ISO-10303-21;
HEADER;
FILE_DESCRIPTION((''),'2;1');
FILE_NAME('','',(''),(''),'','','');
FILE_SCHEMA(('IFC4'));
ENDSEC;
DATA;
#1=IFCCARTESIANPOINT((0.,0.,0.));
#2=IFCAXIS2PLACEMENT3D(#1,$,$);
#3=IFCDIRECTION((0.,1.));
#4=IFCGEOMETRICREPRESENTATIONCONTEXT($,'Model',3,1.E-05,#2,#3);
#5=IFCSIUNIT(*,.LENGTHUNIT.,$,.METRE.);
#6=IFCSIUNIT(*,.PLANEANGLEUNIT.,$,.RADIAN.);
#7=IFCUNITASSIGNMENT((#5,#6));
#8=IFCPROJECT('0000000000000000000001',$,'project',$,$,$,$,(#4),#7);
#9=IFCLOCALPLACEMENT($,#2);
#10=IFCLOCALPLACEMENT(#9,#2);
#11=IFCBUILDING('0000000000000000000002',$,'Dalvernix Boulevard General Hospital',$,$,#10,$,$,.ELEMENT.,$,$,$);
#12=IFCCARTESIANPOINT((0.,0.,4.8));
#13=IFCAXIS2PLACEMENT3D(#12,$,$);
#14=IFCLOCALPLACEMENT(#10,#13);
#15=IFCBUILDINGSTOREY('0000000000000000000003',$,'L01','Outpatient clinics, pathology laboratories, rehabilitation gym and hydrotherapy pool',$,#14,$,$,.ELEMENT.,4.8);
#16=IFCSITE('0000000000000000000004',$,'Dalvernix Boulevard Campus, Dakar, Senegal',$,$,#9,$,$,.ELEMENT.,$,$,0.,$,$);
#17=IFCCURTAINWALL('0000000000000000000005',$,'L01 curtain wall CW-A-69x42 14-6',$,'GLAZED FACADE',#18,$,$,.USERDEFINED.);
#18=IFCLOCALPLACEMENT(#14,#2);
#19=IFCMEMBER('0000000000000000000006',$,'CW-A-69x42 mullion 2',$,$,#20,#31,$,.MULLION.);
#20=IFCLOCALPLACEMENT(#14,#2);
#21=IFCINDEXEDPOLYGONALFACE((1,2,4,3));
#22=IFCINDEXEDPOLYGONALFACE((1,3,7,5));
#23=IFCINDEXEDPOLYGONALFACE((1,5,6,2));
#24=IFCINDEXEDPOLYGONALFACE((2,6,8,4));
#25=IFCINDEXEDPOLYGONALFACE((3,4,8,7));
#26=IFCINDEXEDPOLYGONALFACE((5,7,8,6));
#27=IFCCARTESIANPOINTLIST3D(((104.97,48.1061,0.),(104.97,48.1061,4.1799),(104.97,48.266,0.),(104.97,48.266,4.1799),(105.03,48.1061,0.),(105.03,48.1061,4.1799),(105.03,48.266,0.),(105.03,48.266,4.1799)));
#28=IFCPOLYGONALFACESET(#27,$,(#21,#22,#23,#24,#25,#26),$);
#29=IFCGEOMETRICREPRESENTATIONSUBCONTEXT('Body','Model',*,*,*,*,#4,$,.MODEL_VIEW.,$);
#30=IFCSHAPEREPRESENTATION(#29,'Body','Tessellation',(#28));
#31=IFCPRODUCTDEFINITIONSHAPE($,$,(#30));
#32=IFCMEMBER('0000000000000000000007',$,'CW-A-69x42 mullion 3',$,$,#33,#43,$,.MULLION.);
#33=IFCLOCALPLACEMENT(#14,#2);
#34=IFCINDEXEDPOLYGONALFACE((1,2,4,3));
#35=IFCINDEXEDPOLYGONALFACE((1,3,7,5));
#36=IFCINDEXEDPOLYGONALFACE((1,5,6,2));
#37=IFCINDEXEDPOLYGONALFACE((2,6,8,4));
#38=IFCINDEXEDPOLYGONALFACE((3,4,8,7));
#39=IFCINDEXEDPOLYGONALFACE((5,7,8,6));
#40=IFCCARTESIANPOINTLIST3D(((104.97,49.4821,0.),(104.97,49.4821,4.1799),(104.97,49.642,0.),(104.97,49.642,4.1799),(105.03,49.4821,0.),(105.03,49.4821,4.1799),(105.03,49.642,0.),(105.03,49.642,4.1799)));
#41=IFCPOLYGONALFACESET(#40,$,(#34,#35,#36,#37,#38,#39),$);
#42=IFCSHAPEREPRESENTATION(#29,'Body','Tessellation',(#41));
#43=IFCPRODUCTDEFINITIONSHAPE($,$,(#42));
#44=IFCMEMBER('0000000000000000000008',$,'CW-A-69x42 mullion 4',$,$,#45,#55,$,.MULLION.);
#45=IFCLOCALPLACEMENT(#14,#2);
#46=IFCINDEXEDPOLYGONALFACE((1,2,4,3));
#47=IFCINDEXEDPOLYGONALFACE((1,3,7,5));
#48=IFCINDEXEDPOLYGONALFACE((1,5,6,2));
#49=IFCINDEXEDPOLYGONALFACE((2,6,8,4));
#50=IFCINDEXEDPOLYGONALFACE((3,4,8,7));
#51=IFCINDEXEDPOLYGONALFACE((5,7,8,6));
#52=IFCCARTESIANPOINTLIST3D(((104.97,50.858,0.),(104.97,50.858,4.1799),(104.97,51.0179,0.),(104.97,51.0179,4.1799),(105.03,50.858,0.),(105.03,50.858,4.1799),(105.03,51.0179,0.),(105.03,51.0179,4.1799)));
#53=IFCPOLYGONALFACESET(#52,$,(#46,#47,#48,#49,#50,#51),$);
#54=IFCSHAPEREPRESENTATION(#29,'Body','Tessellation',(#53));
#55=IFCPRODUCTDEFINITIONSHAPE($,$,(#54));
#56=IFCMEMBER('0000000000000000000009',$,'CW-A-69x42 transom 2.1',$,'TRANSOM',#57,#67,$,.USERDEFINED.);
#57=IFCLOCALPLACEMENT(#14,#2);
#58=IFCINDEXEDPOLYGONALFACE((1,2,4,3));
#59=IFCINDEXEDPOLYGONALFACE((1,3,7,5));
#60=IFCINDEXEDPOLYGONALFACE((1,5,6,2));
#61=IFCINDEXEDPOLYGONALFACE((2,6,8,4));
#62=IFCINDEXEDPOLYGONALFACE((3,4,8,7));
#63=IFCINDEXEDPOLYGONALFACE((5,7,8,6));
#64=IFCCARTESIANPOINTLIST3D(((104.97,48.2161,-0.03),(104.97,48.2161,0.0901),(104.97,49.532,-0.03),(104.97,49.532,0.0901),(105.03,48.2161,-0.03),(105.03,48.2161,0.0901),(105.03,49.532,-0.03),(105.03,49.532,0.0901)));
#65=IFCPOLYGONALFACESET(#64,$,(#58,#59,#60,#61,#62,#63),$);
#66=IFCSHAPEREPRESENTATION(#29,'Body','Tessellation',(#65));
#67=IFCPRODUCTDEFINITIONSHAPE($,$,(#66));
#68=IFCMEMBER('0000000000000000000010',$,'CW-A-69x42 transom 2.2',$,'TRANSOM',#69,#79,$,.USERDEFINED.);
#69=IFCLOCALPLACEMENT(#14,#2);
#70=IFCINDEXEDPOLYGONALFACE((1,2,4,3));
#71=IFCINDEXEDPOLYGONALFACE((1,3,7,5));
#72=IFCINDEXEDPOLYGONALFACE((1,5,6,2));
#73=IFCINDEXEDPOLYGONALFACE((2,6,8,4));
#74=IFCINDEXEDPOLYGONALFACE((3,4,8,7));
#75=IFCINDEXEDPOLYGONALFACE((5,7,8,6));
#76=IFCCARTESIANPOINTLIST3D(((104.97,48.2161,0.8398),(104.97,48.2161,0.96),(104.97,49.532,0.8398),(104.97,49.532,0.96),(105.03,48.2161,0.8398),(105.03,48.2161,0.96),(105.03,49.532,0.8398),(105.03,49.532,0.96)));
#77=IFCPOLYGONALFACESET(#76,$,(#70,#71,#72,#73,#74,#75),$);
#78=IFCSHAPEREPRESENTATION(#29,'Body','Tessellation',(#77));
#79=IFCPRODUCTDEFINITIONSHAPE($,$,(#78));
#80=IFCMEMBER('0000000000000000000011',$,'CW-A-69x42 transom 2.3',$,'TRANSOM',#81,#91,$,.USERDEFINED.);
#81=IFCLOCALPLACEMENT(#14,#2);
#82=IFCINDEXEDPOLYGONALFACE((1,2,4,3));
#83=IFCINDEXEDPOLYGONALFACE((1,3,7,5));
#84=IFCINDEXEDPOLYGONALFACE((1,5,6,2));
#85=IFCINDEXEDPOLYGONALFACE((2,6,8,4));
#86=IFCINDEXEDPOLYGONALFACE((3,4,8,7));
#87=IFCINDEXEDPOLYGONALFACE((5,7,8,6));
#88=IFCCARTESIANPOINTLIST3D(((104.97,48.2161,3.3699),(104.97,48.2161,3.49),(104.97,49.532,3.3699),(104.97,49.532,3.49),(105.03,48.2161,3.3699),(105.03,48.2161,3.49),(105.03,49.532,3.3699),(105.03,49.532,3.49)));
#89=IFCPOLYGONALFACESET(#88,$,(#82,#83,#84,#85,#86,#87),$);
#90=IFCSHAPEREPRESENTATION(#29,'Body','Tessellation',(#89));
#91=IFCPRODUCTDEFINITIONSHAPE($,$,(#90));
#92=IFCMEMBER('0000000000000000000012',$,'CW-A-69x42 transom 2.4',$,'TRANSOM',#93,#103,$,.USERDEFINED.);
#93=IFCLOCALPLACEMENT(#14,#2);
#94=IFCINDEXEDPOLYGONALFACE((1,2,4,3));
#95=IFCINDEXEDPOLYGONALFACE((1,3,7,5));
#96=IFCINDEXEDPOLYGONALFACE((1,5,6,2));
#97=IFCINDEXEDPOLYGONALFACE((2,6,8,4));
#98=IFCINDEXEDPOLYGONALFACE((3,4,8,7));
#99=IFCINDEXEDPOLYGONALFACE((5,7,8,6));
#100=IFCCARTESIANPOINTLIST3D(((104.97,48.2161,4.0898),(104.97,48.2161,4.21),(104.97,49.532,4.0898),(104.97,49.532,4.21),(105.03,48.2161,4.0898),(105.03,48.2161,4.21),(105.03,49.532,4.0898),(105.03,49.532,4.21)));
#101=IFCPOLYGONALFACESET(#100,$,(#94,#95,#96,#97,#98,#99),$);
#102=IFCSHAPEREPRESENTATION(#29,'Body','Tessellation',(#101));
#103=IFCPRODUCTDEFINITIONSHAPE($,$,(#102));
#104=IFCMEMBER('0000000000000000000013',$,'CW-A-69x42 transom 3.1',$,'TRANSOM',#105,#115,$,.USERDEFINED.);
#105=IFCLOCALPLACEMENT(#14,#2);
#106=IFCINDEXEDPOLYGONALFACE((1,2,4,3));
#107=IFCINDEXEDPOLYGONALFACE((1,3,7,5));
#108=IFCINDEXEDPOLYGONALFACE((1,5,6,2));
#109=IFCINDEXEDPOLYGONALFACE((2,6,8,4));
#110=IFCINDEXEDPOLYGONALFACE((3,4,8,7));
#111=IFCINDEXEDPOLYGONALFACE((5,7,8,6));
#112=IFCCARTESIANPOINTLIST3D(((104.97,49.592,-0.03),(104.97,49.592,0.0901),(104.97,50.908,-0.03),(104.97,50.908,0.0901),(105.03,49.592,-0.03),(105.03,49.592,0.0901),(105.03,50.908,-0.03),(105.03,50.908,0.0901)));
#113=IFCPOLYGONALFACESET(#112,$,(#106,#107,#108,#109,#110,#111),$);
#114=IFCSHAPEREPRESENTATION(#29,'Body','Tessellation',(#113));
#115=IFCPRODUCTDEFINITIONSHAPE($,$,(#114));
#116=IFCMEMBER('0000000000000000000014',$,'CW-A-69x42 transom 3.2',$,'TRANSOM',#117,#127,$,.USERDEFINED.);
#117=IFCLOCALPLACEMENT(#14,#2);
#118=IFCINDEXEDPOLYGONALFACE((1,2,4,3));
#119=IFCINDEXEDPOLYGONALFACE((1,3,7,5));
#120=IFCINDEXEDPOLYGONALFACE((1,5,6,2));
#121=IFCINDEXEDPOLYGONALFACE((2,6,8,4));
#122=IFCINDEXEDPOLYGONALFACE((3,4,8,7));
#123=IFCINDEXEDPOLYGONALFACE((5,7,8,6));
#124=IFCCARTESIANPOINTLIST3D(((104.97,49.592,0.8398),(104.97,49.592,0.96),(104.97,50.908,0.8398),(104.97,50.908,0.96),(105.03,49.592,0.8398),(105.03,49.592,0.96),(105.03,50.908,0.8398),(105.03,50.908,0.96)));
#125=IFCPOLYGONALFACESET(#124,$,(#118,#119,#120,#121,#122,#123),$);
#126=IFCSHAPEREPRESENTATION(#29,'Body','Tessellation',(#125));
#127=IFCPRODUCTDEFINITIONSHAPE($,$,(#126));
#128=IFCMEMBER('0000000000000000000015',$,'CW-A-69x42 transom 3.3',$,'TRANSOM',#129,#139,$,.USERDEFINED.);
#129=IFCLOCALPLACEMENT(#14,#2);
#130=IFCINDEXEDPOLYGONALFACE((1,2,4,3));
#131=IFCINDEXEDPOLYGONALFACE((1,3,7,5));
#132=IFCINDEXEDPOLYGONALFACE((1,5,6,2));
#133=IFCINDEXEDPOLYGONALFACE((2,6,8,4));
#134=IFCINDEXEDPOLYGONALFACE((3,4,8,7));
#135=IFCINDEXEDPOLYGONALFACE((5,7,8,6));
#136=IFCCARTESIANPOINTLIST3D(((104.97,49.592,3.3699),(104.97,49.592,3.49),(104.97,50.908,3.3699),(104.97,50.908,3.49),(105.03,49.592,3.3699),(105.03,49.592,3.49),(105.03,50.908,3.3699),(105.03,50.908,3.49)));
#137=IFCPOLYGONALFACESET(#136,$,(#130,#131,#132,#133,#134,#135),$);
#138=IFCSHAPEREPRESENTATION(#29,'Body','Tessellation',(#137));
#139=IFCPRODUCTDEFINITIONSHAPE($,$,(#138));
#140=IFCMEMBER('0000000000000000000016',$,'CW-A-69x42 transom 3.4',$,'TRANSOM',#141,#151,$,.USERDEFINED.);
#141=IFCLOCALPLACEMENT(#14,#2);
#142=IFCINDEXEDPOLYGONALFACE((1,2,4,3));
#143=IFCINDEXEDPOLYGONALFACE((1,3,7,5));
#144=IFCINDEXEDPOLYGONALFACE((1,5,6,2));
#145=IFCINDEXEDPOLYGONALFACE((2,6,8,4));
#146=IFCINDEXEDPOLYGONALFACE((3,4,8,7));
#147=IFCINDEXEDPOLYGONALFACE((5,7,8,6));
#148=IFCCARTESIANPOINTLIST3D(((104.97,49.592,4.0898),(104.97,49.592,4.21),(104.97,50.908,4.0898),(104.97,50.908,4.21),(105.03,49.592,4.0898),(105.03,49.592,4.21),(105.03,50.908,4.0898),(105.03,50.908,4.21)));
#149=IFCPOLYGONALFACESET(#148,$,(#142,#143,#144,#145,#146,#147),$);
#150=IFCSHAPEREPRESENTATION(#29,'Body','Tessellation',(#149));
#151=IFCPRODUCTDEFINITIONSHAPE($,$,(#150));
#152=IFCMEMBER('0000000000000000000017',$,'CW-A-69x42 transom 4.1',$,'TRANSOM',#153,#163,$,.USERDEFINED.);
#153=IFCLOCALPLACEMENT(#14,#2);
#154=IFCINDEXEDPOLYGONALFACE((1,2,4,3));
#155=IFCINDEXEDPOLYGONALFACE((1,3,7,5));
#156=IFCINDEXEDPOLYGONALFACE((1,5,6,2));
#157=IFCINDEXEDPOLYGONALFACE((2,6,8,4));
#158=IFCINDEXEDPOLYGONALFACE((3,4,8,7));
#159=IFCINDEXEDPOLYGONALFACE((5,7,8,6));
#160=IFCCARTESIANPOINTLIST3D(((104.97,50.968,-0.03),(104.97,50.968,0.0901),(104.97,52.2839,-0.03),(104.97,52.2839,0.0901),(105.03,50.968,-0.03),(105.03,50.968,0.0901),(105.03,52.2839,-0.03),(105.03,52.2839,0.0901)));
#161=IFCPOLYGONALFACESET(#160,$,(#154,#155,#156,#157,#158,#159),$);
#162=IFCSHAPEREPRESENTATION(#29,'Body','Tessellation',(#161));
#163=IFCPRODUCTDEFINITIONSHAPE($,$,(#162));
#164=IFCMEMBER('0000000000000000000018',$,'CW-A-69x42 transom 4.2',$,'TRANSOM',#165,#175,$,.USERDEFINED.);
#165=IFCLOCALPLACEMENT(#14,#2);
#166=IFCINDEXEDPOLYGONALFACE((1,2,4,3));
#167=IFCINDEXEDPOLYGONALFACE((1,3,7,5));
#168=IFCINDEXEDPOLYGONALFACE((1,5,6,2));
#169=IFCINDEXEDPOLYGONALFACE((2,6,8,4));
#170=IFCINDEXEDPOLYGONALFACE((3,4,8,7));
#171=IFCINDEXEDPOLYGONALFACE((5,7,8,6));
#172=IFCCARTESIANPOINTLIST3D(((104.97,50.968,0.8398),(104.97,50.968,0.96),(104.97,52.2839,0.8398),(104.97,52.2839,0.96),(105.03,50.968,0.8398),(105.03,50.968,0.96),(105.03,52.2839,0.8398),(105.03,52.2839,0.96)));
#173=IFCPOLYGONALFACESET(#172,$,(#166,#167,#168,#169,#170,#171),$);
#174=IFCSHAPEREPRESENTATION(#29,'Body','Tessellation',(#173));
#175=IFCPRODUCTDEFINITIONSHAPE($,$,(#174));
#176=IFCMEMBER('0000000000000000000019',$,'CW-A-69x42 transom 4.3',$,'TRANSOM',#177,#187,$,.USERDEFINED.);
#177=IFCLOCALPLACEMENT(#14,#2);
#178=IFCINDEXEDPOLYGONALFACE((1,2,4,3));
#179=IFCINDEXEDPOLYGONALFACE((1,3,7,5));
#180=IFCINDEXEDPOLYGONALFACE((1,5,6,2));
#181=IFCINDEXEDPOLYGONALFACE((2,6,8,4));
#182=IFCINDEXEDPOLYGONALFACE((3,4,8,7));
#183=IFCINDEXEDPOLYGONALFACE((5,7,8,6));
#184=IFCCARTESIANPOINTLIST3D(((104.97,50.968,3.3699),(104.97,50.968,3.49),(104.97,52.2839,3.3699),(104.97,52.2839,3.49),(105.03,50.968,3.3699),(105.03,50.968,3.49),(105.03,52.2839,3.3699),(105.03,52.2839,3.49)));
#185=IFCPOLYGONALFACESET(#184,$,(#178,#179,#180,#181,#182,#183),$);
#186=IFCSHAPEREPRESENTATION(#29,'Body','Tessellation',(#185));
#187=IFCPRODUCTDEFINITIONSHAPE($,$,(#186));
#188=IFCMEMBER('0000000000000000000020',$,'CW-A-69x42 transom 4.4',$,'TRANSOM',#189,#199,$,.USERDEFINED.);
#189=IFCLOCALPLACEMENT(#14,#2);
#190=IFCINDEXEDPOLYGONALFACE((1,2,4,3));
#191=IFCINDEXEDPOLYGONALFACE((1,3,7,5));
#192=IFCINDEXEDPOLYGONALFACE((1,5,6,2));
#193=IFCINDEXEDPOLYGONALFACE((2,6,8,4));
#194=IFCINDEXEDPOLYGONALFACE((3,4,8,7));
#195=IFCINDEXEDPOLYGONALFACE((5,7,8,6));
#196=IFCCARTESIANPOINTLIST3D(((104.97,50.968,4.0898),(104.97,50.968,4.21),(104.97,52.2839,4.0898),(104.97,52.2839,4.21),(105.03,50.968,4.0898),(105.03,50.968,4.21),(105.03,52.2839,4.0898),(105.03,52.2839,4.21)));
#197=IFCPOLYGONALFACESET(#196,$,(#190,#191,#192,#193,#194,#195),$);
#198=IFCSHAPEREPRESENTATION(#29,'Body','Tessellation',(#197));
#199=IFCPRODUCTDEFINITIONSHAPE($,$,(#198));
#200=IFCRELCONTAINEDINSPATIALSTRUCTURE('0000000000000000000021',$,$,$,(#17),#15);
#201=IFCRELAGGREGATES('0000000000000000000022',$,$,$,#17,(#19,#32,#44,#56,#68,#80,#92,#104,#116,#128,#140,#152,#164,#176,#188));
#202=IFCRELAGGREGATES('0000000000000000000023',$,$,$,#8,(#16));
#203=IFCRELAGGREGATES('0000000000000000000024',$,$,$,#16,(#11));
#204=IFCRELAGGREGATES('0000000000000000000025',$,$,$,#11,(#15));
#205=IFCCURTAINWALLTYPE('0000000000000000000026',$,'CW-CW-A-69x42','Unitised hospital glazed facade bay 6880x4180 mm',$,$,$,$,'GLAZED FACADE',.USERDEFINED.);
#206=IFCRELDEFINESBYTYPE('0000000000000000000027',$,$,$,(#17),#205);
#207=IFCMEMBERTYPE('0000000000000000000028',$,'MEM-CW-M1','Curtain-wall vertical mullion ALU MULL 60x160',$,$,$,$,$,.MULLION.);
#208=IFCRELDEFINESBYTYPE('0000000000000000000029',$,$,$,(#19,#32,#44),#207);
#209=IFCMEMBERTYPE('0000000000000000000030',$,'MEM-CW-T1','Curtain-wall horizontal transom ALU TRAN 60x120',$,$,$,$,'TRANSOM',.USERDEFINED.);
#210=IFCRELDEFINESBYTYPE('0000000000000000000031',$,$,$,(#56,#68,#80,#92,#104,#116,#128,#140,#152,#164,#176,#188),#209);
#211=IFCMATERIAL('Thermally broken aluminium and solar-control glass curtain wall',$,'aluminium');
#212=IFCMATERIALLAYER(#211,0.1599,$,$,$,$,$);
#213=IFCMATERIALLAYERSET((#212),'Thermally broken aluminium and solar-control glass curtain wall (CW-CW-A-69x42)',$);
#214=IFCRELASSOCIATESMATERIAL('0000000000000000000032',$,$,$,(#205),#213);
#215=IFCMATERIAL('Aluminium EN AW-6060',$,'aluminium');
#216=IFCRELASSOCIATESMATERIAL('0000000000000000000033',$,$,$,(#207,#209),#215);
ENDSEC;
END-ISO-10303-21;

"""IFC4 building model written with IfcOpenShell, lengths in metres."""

from ifc_helpers import new_model, si_unit, direction, frame, origin, origin_2d, place, context, subcontext, project, spatial, rectangle, extrude, material, layer, layer_set, material_profile, profile_set, type_object, element, aggregate, save


model = new_model("IFC4")

# Units and contexts
model_context = context("Model", 3, precision=1e-05, world=origin(), true_north=direction((0.0, 1.0)))
body_context = subcontext(model_context, "Body", "Model", "MODEL_VIEW")
ifc_project = project(units=[si_unit("LENGTHUNIT", "METRE"), si_unit("PLANEANGLEUNIT", "RADIAN")], contexts=[model_context])

# Site, building, storey
site_placement = place(None, origin())
site = spatial("IfcSite", under=ifc_project, at=site_placement, Name="Dalvernix Boulevard Campus, Dakar, Senegal", CompositionType="ELEMENT", RefElevation=0.0)
building_placement = place(site_placement, origin())
building = spatial("IfcBuilding", under=site, at=building_placement, Name="Dalvernix Boulevard General Hospital", CompositionType="ELEMENT")
storey_placement = place(building_placement, frame((0.0, 0.0, 4.8)))
storey = spatial("IfcBuildingStorey", under=building, at=storey_placement, Name="L01", Description="Outpatient clinics, pathology laboratories, rehabilitation gym and hydrotherapy pool", CompositionType="ELEMENT", Elevation=4.8)

# Curtain wall, members
ifc_material_1 = material(Name="Thermally broken aluminium and solar-control glass curtain wall", Category="aluminium")
ifc_layer_1 = layer(ifc_material_1, 0.1599)
ifc_layer_set_1 = layer_set([ifc_layer_1], Name="Thermally broken aluminium and solar-control glass curtain wall (CW-CW-A-69x42)")
curtain_wall_type = type_object("IfcCurtainWallType", Name="CW-CW-A-69x42", Description="Unitised hospital glazed facade bay 6880x4180 mm", ElementType="GLAZED FACADE", PredefinedType="USERDEFINED", material=ifc_layer_set_1)
curtain_wall_placement = place(storey_placement, origin())
curtain_wall = element("IfcCurtainWall", 1, at=curtain_wall_placement, inside=storey, type_object=curtain_wall_type, Name="L01 curtain wall CW-A-69x42 14-6", ObjectType="GLAZED FACADE", PredefinedType="USERDEFINED")
ifc_material_2 = material(Name="Aluminium EN AW-6060", Category="aluminium")
ifc_material_profile_1 = material_profile(ifc_material_2, rectangle(XDim=0.0601, YDim=0.1599, at=origin_2d()), Name="ALU MULL 60x160")
ifc_profile_set_1 = profile_set([ifc_material_profile_1], Name="Aluminium EN AW-6060")
member_type_1 = type_object("IfcMemberType", Name="MEM-CW-M1", Description="Curtain-wall vertical mullion ALU MULL 60x160", PredefinedType="MULLION", material=ifc_profile_set_1)
member_1_placement = place(storey_placement, frame((105.0, 48.186, 0.0), z_axis=(0.0, 0.0, 1.0), x_axis=(-1.0, 0.0, 0.0)))
member_1 = element("IfcMember", 2, at=member_1_placement, type_object=member_type_1, Name="CW-A-69x42 mullion 2", PredefinedType="MULLION", context=body_context, shape_type="SweptSolid", body=[
    extrude(rectangle(XDim=0.0601, YDim=0.1599, at=origin_2d()), origin(), (0.0, 0.0, 1.0), 4.1799),
])
member_2_placement = place(storey_placement, frame((105.0, 49.562, 0.0), z_axis=(0.0, 0.0, 1.0), x_axis=(-1.0, 0.0, 0.0)))
member_2 = element("IfcMember", 3, at=member_2_placement, type_object=member_type_1, Name="CW-A-69x42 mullion 3", PredefinedType="MULLION", context=body_context, shape_type="SweptSolid", body=[
    extrude(rectangle(XDim=0.0601, YDim=0.1599, at=origin_2d()), origin(), (0.0, 0.0, 1.0), 4.1799),
])
member_3_placement = place(storey_placement, frame((105.0, 50.938, 0.0), z_axis=(0.0, 0.0, 1.0), x_axis=(-1.0, 0.0, 0.0)))
member_3 = element("IfcMember", 4, at=member_3_placement, type_object=member_type_1, Name="CW-A-69x42 mullion 4", PredefinedType="MULLION", context=body_context, shape_type="SweptSolid", body=[
    extrude(rectangle(XDim=0.0601, YDim=0.1599, at=origin_2d()), origin(), (0.0, 0.0, 1.0), 4.1799),
])
ifc_material_profile_2 = material_profile(ifc_material_2, rectangle(XDim=0.0601, YDim=0.1201, at=origin_2d()), Name="ALU TRAN 60x120")
ifc_profile_set_2 = profile_set([ifc_material_profile_2], Name="Aluminium EN AW-6060")
member_type_2 = type_object("IfcMemberType", Name="MEM-CW-T1", Description="Curtain-wall horizontal transom ALU TRAN 60x120", ElementType="TRANSOM", PredefinedType="USERDEFINED", material=ifc_profile_set_2)
member_4_placement = place(storey_placement, frame((105.0, 48.2161, 0.03), z_axis=(0.0, 1.0, 0.0), x_axis=(-1.0, 0.0, 0.0)))
member_4 = element("IfcMember", 5, at=member_4_placement, type_object=member_type_2, Name="CW-A-69x42 transom 2.1", ObjectType="TRANSOM", PredefinedType="USERDEFINED", context=body_context, shape_type="SweptSolid", body=[
    extrude(rectangle(XDim=0.0601, YDim=0.1201, at=origin_2d()), origin(), (0.0, 0.0, 1.0), 1.3159),
])
member_5_placement = place(storey_placement, frame((105.0, 48.2161, 0.8999), z_axis=(0.0, 1.0, 0.0), x_axis=(-1.0, 0.0, 0.0)))
member_5 = element("IfcMember", 6, at=member_5_placement, type_object=member_type_2, Name="CW-A-69x42 transom 2.2", ObjectType="TRANSOM", PredefinedType="USERDEFINED", context=body_context, shape_type="SweptSolid", body=[
    extrude(rectangle(XDim=0.0601, YDim=0.1201, at=origin_2d()), origin(), (0.0, 0.0, 1.0), 1.3159),
])
member_6_placement = place(storey_placement, frame((105.0, 48.2161, 3.4299), z_axis=(0.0, 1.0, 0.0), x_axis=(-1.0, 0.0, 0.0)))
member_6 = element("IfcMember", 7, at=member_6_placement, type_object=member_type_2, Name="CW-A-69x42 transom 2.3", ObjectType="TRANSOM", PredefinedType="USERDEFINED", context=body_context, shape_type="SweptSolid", body=[
    extrude(rectangle(XDim=0.0601, YDim=0.1201, at=origin_2d()), origin(), (0.0, 0.0, 1.0), 1.3159),
])
member_7_placement = place(storey_placement, frame((105.0, 48.2161, 4.1499), z_axis=(0.0, 1.0, 0.0), x_axis=(-1.0, 0.0, 0.0)))
member_7 = element("IfcMember", 8, at=member_7_placement, type_object=member_type_2, Name="CW-A-69x42 transom 2.4", ObjectType="TRANSOM", PredefinedType="USERDEFINED", context=body_context, shape_type="SweptSolid", body=[
    extrude(rectangle(XDim=0.0601, YDim=0.1201, at=origin_2d()), origin(), (0.0, 0.0, 1.0), 1.3159),
])
member_8_placement = place(storey_placement, frame((105.0, 49.592, 0.03), z_axis=(0.0, 1.0, 0.0), x_axis=(-1.0, 0.0, 0.0)))
member_8 = element("IfcMember", 9, at=member_8_placement, type_object=member_type_2, Name="CW-A-69x42 transom 3.1", ObjectType="TRANSOM", PredefinedType="USERDEFINED", context=body_context, shape_type="SweptSolid", body=[
    extrude(rectangle(XDim=0.0601, YDim=0.1201, at=origin_2d()), origin(), (0.0, 0.0, 1.0), 1.3159),
])
member_9_placement = place(storey_placement, frame((105.0, 49.592, 0.8999), z_axis=(0.0, 1.0, 0.0), x_axis=(-1.0, 0.0, 0.0)))
member_9 = element("IfcMember", 10, at=member_9_placement, type_object=member_type_2, Name="CW-A-69x42 transom 3.2", ObjectType="TRANSOM", PredefinedType="USERDEFINED", context=body_context, shape_type="SweptSolid", body=[
    extrude(rectangle(XDim=0.0601, YDim=0.1201, at=origin_2d()), origin(), (0.0, 0.0, 1.0), 1.3159),
])
member_10_placement = place(storey_placement, frame((105.0, 49.592, 3.4299), z_axis=(0.0, 1.0, 0.0), x_axis=(-1.0, 0.0, 0.0)))
member_10 = element("IfcMember", 11, at=member_10_placement, type_object=member_type_2, Name="CW-A-69x42 transom 3.3", ObjectType="TRANSOM", PredefinedType="USERDEFINED", context=body_context, shape_type="SweptSolid", body=[
    extrude(rectangle(XDim=0.0601, YDim=0.1201, at=origin_2d()), origin(), (0.0, 0.0, 1.0), 1.3159),
])
member_11_placement = place(storey_placement, frame((105.0, 49.592, 4.1499), z_axis=(0.0, 1.0, 0.0), x_axis=(-1.0, 0.0, 0.0)))
member_11 = element("IfcMember", 12, at=member_11_placement, type_object=member_type_2, Name="CW-A-69x42 transom 3.4", ObjectType="TRANSOM", PredefinedType="USERDEFINED", context=body_context, shape_type="SweptSolid", body=[
    extrude(rectangle(XDim=0.0601, YDim=0.1201, at=origin_2d()), origin(), (0.0, 0.0, 1.0), 1.3159),
])
member_12_placement = place(storey_placement, frame((105.0, 50.968, 0.03), z_axis=(0.0, 1.0, 0.0), x_axis=(-1.0, 0.0, 0.0)))
member_12 = element("IfcMember", 13, at=member_12_placement, type_object=member_type_2, Name="CW-A-69x42 transom 4.1", ObjectType="TRANSOM", PredefinedType="USERDEFINED", context=body_context, shape_type="SweptSolid", body=[
    extrude(rectangle(XDim=0.0601, YDim=0.1201, at=origin_2d()), origin(), (0.0, 0.0, 1.0), 1.3159),
])
member_13_placement = place(storey_placement, frame((105.0, 50.968, 0.8999), z_axis=(0.0, 1.0, 0.0), x_axis=(-1.0, 0.0, 0.0)))
member_13 = element("IfcMember", 14, at=member_13_placement, type_object=member_type_2, Name="CW-A-69x42 transom 4.2", ObjectType="TRANSOM", PredefinedType="USERDEFINED", context=body_context, shape_type="SweptSolid", body=[
    extrude(rectangle(XDim=0.0601, YDim=0.1201, at=origin_2d()), origin(), (0.0, 0.0, 1.0), 1.3159),
])
member_14_placement = place(storey_placement, frame((105.0, 50.968, 3.4299), z_axis=(0.0, 1.0, 0.0), x_axis=(-1.0, 0.0, 0.0)))
member_14 = element("IfcMember", 15, at=member_14_placement, type_object=member_type_2, Name="CW-A-69x42 transom 4.3", ObjectType="TRANSOM", PredefinedType="USERDEFINED", context=body_context, shape_type="SweptSolid", body=[
    extrude(rectangle(XDim=0.0601, YDim=0.1201, at=origin_2d()), origin(), (0.0, 0.0, 1.0), 1.3159),
])
member_15_placement = place(storey_placement, frame((105.0, 50.968, 4.1499), z_axis=(0.0, 1.0, 0.0), x_axis=(-1.0, 0.0, 0.0)))
member_15 = element("IfcMember", 16, at=member_15_placement, type_object=member_type_2, Name="CW-A-69x42 transom 4.4", ObjectType="TRANSOM", PredefinedType="USERDEFINED", context=body_context, shape_type="SweptSolid", body=[
    extrude(rectangle(XDim=0.0601, YDim=0.1201, at=origin_2d()), origin(), (0.0, 0.0, 1.0), 1.3159),
])
aggregate(curtain_wall, [member_1, member_2, member_3, member_4, member_5, member_6, member_7, member_8, member_9, member_10, member_11, member_12, member_13, member_14, member_15])

save(model, "model.ifc")
